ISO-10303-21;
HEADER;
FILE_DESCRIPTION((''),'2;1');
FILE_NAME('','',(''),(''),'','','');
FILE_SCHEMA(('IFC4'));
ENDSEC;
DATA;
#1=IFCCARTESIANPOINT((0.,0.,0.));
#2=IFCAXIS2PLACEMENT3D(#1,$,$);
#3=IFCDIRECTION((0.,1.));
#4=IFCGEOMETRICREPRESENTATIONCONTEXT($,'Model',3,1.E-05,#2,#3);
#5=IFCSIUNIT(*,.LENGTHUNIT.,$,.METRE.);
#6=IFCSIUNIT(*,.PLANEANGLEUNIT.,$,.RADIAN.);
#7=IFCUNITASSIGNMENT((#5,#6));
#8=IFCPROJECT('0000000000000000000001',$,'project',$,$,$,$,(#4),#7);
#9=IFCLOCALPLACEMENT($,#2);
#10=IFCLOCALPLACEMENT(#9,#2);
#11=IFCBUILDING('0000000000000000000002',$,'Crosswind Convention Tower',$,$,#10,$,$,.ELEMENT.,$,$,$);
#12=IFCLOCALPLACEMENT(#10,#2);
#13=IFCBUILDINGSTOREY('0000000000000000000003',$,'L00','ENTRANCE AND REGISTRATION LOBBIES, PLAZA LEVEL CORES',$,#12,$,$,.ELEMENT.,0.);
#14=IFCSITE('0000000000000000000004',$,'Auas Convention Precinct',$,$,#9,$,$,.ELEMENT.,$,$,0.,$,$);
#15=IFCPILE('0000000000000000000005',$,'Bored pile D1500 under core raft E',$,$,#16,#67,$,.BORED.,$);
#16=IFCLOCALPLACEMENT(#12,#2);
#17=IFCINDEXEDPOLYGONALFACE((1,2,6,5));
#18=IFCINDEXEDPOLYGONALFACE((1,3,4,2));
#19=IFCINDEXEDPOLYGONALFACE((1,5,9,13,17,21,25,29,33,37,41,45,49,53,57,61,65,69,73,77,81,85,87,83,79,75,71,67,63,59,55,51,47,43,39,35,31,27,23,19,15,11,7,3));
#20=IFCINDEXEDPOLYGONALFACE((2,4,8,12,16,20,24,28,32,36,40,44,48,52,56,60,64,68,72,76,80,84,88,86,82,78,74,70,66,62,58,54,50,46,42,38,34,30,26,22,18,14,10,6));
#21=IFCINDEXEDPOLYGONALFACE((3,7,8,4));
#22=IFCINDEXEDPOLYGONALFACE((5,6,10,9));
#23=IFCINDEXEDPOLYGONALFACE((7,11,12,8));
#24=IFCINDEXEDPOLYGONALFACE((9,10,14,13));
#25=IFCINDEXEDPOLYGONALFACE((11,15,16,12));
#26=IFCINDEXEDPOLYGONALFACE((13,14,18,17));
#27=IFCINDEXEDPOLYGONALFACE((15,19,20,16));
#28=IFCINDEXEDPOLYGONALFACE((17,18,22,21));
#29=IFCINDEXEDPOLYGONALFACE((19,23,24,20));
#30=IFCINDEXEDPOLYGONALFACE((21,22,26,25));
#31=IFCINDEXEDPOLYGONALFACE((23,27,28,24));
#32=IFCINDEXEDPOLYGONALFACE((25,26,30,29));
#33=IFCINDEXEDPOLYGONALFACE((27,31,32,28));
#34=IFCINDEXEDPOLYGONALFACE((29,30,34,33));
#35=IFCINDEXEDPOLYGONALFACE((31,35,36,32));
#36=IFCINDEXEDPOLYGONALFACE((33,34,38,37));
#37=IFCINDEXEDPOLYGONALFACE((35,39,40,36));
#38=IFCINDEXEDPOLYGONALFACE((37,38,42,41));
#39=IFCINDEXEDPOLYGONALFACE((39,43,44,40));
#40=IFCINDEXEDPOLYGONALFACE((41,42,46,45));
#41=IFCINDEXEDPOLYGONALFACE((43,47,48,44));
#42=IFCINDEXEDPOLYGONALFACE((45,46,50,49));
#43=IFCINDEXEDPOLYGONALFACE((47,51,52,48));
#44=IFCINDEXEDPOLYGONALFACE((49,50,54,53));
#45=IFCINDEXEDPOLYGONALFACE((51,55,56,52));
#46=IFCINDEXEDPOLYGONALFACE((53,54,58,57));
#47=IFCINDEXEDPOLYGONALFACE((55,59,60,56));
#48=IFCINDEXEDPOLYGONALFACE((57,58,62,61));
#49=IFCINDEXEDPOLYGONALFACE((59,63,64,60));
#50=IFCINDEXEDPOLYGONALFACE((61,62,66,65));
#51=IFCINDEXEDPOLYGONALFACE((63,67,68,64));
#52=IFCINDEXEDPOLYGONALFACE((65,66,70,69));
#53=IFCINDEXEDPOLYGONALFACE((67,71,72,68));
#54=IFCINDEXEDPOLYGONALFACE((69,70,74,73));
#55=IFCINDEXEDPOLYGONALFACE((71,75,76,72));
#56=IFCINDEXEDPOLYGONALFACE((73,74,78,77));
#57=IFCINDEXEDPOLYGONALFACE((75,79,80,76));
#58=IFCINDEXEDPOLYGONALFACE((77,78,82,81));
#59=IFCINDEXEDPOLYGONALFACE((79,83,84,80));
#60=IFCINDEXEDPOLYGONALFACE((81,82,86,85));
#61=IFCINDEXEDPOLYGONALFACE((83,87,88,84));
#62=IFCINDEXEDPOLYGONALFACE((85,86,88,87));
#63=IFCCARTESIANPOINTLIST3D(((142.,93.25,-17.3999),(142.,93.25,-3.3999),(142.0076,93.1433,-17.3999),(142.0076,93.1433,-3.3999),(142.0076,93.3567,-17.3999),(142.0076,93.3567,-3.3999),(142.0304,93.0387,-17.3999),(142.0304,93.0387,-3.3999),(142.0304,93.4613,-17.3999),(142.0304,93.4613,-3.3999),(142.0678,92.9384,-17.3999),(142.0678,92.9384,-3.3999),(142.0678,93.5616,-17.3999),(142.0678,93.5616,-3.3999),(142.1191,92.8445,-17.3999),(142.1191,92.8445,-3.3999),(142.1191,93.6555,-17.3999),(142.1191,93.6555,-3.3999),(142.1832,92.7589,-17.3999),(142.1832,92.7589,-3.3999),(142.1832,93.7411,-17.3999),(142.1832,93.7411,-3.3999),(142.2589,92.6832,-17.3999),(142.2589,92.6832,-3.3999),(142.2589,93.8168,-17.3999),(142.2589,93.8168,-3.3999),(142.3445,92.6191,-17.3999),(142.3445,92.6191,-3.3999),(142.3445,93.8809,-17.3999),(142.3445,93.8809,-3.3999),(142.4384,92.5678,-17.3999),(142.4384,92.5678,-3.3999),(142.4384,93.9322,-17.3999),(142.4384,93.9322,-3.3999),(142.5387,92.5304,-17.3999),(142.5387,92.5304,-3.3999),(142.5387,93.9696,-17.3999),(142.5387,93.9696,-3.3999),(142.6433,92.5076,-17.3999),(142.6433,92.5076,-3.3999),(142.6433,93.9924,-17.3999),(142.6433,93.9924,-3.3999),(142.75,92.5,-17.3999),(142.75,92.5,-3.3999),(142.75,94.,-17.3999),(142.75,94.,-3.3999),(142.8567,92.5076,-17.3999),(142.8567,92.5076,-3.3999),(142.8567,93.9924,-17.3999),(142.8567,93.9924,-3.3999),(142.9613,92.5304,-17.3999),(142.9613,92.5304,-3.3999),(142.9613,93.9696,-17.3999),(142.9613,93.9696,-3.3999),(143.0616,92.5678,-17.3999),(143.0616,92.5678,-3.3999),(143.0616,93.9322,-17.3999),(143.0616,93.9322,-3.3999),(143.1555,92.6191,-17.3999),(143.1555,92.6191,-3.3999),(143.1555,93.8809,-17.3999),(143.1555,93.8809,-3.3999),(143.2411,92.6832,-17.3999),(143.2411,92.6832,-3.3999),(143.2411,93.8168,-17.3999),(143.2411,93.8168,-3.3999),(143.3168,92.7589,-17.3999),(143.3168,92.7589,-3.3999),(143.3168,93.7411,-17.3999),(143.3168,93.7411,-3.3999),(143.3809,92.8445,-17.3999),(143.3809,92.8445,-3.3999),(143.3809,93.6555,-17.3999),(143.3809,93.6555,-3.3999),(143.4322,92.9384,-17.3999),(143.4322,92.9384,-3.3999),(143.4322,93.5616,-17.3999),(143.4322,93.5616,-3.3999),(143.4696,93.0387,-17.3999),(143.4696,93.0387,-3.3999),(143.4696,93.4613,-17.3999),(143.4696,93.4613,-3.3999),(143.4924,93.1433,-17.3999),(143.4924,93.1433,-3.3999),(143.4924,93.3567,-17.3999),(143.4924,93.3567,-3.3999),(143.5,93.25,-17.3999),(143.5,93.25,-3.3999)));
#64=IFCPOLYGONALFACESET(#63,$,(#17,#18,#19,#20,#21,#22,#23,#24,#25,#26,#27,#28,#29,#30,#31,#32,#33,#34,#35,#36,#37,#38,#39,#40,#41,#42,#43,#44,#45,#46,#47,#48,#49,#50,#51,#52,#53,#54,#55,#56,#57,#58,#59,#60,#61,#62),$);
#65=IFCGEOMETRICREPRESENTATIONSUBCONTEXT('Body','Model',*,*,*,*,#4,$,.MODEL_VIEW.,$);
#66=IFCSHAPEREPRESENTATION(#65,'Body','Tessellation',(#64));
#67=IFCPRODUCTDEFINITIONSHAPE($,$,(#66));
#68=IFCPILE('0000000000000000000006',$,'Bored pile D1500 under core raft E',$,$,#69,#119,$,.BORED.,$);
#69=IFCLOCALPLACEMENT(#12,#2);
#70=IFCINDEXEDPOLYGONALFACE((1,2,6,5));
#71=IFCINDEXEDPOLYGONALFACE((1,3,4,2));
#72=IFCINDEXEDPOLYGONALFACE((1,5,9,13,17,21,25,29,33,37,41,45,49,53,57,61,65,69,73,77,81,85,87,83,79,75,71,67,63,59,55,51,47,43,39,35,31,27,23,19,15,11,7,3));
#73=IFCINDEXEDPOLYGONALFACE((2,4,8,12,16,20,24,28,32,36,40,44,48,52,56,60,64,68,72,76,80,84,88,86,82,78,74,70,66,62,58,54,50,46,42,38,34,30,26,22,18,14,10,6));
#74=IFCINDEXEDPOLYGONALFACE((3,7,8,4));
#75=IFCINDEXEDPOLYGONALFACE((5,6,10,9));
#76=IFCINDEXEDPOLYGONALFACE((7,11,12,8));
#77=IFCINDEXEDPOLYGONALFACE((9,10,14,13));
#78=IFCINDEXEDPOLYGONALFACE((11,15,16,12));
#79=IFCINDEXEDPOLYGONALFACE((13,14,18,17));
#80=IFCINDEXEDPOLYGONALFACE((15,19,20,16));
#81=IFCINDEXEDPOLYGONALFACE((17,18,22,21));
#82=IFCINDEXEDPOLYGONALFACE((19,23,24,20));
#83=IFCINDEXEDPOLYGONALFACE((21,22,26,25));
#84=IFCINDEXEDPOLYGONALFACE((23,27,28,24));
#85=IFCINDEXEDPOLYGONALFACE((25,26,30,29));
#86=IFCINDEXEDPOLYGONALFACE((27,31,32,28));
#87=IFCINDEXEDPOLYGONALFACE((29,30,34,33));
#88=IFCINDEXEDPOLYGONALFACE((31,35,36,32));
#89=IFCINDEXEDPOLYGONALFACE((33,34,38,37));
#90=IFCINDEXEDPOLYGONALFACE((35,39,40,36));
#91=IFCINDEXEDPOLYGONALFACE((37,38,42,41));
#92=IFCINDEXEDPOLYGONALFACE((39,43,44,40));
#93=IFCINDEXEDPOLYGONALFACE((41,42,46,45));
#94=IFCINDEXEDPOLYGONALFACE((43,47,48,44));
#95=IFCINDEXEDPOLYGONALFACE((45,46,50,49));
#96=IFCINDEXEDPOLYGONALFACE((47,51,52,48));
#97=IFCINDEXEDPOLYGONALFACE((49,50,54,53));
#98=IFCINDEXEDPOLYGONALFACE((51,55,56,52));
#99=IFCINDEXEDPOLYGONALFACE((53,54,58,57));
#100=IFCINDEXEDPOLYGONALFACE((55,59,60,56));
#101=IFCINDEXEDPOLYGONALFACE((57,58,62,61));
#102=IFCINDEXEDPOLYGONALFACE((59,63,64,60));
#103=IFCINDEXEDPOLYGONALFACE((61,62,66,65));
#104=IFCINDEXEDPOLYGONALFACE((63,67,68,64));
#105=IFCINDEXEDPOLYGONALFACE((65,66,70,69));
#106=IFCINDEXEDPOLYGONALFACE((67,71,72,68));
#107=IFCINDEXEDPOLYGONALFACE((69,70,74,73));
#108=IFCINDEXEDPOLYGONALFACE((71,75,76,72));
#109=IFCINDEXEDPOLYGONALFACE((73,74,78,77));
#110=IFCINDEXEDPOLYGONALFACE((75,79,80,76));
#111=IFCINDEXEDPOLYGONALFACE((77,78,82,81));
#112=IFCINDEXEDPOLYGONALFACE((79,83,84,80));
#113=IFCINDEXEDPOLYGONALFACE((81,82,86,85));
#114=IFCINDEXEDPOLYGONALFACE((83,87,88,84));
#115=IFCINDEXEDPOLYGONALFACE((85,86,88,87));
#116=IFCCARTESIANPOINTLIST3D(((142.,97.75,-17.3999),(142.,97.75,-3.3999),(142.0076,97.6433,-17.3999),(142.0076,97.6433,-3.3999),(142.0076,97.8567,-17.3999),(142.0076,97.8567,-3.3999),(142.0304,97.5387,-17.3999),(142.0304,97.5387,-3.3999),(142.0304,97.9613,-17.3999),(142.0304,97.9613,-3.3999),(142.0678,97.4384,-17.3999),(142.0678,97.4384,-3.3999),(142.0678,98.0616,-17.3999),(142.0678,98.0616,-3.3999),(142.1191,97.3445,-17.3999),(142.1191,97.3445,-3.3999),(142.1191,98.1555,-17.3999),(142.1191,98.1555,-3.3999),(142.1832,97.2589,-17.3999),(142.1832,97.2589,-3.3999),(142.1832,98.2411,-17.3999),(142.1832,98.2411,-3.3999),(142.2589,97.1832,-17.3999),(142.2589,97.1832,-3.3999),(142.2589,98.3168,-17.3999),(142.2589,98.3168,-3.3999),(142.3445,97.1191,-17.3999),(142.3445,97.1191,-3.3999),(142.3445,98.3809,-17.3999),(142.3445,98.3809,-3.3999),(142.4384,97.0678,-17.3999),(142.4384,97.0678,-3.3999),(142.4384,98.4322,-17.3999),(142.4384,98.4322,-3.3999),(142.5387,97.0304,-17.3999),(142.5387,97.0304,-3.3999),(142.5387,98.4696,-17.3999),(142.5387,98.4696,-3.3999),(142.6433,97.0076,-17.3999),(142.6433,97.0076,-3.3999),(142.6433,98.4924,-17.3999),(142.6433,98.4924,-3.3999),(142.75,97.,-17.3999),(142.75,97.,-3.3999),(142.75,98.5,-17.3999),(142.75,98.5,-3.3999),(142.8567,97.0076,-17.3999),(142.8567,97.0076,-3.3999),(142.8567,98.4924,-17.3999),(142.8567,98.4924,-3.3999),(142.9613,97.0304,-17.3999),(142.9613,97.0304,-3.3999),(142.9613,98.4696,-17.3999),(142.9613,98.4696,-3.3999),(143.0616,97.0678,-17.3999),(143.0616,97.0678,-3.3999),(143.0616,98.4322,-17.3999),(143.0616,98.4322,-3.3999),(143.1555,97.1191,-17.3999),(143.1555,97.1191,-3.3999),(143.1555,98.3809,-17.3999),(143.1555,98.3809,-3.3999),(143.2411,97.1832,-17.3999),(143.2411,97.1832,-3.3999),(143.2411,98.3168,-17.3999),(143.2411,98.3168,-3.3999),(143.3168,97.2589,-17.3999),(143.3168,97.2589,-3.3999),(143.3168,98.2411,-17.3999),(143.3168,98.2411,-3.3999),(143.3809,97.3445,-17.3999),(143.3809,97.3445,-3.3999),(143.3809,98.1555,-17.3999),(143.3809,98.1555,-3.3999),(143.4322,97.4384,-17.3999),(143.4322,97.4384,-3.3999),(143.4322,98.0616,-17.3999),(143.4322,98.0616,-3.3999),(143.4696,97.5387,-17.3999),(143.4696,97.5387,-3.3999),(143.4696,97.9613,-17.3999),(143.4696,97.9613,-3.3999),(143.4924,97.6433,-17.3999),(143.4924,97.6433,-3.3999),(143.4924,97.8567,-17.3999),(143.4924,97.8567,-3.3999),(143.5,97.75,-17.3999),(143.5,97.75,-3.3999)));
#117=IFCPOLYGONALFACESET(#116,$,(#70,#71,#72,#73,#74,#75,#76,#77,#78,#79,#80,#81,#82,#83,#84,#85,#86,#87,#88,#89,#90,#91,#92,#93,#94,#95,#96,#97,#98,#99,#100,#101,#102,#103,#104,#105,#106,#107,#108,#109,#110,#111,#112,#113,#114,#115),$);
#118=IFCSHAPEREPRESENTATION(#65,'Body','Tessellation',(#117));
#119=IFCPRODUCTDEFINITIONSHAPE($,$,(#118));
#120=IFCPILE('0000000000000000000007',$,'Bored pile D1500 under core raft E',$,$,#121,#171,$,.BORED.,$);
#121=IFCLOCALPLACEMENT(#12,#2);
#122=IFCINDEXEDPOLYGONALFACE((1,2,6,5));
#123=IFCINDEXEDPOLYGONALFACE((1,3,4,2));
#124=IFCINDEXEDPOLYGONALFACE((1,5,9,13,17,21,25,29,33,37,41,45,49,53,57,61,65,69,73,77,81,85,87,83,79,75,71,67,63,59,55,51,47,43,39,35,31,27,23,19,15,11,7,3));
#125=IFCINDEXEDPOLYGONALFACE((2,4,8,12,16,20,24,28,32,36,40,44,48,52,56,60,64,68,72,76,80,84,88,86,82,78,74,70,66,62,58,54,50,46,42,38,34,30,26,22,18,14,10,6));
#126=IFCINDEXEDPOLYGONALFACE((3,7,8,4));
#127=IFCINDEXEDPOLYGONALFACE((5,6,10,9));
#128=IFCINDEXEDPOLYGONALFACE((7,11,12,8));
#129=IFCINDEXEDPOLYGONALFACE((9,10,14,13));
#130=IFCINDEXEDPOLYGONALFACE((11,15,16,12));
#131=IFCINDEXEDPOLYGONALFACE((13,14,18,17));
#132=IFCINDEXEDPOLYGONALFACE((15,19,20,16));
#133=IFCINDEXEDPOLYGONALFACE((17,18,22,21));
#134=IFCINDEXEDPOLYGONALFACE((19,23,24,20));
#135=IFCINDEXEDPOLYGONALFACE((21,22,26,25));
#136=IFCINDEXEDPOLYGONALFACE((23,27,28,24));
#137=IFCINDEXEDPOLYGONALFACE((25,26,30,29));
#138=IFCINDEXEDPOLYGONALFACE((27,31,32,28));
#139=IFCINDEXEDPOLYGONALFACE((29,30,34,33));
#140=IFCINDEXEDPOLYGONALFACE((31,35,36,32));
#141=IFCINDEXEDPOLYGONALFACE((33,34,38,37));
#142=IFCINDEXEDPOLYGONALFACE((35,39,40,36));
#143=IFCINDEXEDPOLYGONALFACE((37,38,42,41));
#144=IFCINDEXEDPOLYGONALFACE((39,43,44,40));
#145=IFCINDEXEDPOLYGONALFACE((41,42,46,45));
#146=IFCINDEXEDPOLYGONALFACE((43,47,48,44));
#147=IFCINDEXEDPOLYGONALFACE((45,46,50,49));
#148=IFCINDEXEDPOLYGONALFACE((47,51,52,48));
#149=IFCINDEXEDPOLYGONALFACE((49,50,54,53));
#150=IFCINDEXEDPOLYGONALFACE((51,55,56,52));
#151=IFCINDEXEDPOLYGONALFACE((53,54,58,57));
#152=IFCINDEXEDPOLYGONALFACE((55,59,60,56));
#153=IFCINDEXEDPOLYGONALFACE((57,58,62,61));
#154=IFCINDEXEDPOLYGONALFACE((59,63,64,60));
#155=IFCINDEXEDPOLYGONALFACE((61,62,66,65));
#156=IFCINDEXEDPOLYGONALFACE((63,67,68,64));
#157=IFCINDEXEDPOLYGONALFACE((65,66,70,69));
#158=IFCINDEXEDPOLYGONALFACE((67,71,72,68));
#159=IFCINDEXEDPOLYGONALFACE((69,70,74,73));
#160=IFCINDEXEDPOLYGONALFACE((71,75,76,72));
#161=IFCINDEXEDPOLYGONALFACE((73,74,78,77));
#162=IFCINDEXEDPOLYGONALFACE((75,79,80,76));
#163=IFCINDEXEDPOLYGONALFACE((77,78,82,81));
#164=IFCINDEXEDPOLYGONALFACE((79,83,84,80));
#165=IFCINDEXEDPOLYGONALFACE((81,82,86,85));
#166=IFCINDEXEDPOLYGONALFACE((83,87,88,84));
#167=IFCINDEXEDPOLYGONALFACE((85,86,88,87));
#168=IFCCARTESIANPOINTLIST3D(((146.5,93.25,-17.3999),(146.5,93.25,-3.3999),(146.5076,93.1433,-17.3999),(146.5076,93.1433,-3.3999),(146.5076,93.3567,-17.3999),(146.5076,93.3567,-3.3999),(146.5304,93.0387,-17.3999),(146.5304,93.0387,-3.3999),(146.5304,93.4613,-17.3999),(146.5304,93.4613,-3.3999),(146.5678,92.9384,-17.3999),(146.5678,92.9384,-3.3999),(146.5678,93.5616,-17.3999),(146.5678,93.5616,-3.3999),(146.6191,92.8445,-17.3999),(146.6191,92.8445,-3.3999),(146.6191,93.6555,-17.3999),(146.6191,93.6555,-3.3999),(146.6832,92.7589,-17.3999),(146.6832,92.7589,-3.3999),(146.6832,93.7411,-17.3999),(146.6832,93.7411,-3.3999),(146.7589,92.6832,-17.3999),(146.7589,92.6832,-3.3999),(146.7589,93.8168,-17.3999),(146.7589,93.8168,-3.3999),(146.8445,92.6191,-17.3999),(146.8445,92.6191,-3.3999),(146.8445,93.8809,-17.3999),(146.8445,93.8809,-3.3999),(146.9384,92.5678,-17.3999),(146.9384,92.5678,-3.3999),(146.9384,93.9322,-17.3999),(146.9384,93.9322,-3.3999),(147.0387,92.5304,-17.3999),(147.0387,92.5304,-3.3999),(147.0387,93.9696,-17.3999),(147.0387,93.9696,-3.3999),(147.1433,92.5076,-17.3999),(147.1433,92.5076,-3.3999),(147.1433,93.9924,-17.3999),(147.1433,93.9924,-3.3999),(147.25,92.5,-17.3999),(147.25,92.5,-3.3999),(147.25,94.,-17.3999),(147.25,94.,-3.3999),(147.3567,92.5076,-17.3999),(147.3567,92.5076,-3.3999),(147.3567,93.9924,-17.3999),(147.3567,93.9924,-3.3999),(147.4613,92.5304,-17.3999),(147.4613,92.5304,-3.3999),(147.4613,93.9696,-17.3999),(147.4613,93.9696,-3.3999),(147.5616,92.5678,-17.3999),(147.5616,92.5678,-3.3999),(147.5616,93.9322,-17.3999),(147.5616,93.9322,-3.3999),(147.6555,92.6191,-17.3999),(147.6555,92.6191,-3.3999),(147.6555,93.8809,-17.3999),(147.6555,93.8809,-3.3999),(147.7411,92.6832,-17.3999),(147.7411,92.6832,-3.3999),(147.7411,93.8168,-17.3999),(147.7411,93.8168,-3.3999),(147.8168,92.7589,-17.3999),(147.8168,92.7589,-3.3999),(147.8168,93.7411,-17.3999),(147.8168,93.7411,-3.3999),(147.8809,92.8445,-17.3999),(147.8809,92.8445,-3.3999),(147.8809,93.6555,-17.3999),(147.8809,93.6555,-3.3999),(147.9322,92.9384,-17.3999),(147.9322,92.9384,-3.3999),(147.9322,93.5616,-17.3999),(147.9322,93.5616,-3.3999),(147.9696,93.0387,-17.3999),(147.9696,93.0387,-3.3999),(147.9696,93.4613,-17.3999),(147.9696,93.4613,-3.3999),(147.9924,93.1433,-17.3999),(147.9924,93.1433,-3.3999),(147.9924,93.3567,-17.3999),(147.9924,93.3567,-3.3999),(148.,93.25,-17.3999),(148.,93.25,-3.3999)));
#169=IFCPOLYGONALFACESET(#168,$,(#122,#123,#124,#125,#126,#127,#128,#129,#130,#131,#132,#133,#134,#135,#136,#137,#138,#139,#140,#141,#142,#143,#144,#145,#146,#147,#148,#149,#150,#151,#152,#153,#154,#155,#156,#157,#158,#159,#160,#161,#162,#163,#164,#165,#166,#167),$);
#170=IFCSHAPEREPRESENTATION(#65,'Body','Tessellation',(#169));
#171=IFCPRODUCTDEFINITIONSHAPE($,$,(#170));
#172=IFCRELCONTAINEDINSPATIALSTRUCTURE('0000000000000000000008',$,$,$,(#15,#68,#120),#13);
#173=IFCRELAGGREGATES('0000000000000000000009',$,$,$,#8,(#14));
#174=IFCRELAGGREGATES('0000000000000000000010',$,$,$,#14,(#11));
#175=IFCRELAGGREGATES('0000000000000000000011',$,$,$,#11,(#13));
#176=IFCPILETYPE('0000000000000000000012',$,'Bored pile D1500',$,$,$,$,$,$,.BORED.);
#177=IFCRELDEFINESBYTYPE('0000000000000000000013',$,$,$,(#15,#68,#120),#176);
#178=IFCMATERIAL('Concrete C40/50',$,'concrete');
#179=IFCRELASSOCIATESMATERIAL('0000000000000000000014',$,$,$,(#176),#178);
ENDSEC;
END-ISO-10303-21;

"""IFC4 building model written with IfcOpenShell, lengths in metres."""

from ifc_helpers import new_model, si_unit, direction, frame, origin, origin_2d, place, context, subcontext, project, spatial, circle, extrude, material, material_profile, profile_set, type_object, element, save


model = new_model("IFC4")

# Units and contexts
model_context = context("Model", 3, precision=1e-05, world=origin(), true_north=direction((0.0, 1.0)))
body_context = subcontext(model_context, "Body", "Model", "MODEL_VIEW")
ifc_project = project(units=[si_unit("LENGTHUNIT", "METRE"), si_unit("PLANEANGLEUNIT", "RADIAN")], contexts=[model_context])

# Site, building, storey
site_placement = place(None, origin())
site = spatial("IfcSite", under=ifc_project, at=site_placement, Name="Auas Convention Precinct", CompositionType="ELEMENT", RefElevation=0.0)
building_placement = place(site_placement, origin())
building = spatial("IfcBuilding", under=site, at=building_placement, Name="Crosswind Convention Tower", CompositionType="ELEMENT")
storey_placement = place(building_placement, origin())
storey = spatial("IfcBuildingStorey", under=building, at=storey_placement, Name="L00", Description="ENTRANCE AND REGISTRATION LOBBIES, PLAZA LEVEL CORES", CompositionType="ELEMENT", Elevation=0.0)

# Piles
ifc_material_1 = material(Name="Concrete C40/50", Category="concrete")
ifc_material_profile = material_profile(ifc_material_1, circle(Radius=0.75, at=origin_2d()), Name="Bored pile D1500")
ifc_profile_set = profile_set([ifc_material_profile], Name="Concrete C40/50")
pile_type = type_object("IfcPileType", Name="Bored pile D1500", PredefinedType="BORED", material=ifc_profile_set)
for number, where, z_axis, x_axis, name in (
    (1, (142.75, 93.25, -3.3999), (0.0, 0.0, -1.0), (1.0, 0.0, 0.0), "Bored pile D1500 under core raft E"),
    (2, (142.75, 97.75, -3.3999), (0.0, 0.0, -1.0), (1.0, 0.0, 0.0), "Bored pile D1500 under core raft E"),
    (3, (147.25, 93.25, -3.3999), (0.0, 0.0, -1.0), (1.0, 0.0, 0.0), "Bored pile D1500 under core raft E"),
):
    element("IfcPile", number, at=place(storey_placement, frame(where, z_axis=z_axis, x_axis=x_axis)), inside=storey, type_object=pile_type, Name=name, PredefinedType="BORED", context=body_context, shape_type="SweptSolid", body=[
        extrude(circle(Radius=0.75, at=origin_2d()), origin(), (0.0, 0.0, 1.0), 14.0),
    ])

save(model, "model.ifc")
